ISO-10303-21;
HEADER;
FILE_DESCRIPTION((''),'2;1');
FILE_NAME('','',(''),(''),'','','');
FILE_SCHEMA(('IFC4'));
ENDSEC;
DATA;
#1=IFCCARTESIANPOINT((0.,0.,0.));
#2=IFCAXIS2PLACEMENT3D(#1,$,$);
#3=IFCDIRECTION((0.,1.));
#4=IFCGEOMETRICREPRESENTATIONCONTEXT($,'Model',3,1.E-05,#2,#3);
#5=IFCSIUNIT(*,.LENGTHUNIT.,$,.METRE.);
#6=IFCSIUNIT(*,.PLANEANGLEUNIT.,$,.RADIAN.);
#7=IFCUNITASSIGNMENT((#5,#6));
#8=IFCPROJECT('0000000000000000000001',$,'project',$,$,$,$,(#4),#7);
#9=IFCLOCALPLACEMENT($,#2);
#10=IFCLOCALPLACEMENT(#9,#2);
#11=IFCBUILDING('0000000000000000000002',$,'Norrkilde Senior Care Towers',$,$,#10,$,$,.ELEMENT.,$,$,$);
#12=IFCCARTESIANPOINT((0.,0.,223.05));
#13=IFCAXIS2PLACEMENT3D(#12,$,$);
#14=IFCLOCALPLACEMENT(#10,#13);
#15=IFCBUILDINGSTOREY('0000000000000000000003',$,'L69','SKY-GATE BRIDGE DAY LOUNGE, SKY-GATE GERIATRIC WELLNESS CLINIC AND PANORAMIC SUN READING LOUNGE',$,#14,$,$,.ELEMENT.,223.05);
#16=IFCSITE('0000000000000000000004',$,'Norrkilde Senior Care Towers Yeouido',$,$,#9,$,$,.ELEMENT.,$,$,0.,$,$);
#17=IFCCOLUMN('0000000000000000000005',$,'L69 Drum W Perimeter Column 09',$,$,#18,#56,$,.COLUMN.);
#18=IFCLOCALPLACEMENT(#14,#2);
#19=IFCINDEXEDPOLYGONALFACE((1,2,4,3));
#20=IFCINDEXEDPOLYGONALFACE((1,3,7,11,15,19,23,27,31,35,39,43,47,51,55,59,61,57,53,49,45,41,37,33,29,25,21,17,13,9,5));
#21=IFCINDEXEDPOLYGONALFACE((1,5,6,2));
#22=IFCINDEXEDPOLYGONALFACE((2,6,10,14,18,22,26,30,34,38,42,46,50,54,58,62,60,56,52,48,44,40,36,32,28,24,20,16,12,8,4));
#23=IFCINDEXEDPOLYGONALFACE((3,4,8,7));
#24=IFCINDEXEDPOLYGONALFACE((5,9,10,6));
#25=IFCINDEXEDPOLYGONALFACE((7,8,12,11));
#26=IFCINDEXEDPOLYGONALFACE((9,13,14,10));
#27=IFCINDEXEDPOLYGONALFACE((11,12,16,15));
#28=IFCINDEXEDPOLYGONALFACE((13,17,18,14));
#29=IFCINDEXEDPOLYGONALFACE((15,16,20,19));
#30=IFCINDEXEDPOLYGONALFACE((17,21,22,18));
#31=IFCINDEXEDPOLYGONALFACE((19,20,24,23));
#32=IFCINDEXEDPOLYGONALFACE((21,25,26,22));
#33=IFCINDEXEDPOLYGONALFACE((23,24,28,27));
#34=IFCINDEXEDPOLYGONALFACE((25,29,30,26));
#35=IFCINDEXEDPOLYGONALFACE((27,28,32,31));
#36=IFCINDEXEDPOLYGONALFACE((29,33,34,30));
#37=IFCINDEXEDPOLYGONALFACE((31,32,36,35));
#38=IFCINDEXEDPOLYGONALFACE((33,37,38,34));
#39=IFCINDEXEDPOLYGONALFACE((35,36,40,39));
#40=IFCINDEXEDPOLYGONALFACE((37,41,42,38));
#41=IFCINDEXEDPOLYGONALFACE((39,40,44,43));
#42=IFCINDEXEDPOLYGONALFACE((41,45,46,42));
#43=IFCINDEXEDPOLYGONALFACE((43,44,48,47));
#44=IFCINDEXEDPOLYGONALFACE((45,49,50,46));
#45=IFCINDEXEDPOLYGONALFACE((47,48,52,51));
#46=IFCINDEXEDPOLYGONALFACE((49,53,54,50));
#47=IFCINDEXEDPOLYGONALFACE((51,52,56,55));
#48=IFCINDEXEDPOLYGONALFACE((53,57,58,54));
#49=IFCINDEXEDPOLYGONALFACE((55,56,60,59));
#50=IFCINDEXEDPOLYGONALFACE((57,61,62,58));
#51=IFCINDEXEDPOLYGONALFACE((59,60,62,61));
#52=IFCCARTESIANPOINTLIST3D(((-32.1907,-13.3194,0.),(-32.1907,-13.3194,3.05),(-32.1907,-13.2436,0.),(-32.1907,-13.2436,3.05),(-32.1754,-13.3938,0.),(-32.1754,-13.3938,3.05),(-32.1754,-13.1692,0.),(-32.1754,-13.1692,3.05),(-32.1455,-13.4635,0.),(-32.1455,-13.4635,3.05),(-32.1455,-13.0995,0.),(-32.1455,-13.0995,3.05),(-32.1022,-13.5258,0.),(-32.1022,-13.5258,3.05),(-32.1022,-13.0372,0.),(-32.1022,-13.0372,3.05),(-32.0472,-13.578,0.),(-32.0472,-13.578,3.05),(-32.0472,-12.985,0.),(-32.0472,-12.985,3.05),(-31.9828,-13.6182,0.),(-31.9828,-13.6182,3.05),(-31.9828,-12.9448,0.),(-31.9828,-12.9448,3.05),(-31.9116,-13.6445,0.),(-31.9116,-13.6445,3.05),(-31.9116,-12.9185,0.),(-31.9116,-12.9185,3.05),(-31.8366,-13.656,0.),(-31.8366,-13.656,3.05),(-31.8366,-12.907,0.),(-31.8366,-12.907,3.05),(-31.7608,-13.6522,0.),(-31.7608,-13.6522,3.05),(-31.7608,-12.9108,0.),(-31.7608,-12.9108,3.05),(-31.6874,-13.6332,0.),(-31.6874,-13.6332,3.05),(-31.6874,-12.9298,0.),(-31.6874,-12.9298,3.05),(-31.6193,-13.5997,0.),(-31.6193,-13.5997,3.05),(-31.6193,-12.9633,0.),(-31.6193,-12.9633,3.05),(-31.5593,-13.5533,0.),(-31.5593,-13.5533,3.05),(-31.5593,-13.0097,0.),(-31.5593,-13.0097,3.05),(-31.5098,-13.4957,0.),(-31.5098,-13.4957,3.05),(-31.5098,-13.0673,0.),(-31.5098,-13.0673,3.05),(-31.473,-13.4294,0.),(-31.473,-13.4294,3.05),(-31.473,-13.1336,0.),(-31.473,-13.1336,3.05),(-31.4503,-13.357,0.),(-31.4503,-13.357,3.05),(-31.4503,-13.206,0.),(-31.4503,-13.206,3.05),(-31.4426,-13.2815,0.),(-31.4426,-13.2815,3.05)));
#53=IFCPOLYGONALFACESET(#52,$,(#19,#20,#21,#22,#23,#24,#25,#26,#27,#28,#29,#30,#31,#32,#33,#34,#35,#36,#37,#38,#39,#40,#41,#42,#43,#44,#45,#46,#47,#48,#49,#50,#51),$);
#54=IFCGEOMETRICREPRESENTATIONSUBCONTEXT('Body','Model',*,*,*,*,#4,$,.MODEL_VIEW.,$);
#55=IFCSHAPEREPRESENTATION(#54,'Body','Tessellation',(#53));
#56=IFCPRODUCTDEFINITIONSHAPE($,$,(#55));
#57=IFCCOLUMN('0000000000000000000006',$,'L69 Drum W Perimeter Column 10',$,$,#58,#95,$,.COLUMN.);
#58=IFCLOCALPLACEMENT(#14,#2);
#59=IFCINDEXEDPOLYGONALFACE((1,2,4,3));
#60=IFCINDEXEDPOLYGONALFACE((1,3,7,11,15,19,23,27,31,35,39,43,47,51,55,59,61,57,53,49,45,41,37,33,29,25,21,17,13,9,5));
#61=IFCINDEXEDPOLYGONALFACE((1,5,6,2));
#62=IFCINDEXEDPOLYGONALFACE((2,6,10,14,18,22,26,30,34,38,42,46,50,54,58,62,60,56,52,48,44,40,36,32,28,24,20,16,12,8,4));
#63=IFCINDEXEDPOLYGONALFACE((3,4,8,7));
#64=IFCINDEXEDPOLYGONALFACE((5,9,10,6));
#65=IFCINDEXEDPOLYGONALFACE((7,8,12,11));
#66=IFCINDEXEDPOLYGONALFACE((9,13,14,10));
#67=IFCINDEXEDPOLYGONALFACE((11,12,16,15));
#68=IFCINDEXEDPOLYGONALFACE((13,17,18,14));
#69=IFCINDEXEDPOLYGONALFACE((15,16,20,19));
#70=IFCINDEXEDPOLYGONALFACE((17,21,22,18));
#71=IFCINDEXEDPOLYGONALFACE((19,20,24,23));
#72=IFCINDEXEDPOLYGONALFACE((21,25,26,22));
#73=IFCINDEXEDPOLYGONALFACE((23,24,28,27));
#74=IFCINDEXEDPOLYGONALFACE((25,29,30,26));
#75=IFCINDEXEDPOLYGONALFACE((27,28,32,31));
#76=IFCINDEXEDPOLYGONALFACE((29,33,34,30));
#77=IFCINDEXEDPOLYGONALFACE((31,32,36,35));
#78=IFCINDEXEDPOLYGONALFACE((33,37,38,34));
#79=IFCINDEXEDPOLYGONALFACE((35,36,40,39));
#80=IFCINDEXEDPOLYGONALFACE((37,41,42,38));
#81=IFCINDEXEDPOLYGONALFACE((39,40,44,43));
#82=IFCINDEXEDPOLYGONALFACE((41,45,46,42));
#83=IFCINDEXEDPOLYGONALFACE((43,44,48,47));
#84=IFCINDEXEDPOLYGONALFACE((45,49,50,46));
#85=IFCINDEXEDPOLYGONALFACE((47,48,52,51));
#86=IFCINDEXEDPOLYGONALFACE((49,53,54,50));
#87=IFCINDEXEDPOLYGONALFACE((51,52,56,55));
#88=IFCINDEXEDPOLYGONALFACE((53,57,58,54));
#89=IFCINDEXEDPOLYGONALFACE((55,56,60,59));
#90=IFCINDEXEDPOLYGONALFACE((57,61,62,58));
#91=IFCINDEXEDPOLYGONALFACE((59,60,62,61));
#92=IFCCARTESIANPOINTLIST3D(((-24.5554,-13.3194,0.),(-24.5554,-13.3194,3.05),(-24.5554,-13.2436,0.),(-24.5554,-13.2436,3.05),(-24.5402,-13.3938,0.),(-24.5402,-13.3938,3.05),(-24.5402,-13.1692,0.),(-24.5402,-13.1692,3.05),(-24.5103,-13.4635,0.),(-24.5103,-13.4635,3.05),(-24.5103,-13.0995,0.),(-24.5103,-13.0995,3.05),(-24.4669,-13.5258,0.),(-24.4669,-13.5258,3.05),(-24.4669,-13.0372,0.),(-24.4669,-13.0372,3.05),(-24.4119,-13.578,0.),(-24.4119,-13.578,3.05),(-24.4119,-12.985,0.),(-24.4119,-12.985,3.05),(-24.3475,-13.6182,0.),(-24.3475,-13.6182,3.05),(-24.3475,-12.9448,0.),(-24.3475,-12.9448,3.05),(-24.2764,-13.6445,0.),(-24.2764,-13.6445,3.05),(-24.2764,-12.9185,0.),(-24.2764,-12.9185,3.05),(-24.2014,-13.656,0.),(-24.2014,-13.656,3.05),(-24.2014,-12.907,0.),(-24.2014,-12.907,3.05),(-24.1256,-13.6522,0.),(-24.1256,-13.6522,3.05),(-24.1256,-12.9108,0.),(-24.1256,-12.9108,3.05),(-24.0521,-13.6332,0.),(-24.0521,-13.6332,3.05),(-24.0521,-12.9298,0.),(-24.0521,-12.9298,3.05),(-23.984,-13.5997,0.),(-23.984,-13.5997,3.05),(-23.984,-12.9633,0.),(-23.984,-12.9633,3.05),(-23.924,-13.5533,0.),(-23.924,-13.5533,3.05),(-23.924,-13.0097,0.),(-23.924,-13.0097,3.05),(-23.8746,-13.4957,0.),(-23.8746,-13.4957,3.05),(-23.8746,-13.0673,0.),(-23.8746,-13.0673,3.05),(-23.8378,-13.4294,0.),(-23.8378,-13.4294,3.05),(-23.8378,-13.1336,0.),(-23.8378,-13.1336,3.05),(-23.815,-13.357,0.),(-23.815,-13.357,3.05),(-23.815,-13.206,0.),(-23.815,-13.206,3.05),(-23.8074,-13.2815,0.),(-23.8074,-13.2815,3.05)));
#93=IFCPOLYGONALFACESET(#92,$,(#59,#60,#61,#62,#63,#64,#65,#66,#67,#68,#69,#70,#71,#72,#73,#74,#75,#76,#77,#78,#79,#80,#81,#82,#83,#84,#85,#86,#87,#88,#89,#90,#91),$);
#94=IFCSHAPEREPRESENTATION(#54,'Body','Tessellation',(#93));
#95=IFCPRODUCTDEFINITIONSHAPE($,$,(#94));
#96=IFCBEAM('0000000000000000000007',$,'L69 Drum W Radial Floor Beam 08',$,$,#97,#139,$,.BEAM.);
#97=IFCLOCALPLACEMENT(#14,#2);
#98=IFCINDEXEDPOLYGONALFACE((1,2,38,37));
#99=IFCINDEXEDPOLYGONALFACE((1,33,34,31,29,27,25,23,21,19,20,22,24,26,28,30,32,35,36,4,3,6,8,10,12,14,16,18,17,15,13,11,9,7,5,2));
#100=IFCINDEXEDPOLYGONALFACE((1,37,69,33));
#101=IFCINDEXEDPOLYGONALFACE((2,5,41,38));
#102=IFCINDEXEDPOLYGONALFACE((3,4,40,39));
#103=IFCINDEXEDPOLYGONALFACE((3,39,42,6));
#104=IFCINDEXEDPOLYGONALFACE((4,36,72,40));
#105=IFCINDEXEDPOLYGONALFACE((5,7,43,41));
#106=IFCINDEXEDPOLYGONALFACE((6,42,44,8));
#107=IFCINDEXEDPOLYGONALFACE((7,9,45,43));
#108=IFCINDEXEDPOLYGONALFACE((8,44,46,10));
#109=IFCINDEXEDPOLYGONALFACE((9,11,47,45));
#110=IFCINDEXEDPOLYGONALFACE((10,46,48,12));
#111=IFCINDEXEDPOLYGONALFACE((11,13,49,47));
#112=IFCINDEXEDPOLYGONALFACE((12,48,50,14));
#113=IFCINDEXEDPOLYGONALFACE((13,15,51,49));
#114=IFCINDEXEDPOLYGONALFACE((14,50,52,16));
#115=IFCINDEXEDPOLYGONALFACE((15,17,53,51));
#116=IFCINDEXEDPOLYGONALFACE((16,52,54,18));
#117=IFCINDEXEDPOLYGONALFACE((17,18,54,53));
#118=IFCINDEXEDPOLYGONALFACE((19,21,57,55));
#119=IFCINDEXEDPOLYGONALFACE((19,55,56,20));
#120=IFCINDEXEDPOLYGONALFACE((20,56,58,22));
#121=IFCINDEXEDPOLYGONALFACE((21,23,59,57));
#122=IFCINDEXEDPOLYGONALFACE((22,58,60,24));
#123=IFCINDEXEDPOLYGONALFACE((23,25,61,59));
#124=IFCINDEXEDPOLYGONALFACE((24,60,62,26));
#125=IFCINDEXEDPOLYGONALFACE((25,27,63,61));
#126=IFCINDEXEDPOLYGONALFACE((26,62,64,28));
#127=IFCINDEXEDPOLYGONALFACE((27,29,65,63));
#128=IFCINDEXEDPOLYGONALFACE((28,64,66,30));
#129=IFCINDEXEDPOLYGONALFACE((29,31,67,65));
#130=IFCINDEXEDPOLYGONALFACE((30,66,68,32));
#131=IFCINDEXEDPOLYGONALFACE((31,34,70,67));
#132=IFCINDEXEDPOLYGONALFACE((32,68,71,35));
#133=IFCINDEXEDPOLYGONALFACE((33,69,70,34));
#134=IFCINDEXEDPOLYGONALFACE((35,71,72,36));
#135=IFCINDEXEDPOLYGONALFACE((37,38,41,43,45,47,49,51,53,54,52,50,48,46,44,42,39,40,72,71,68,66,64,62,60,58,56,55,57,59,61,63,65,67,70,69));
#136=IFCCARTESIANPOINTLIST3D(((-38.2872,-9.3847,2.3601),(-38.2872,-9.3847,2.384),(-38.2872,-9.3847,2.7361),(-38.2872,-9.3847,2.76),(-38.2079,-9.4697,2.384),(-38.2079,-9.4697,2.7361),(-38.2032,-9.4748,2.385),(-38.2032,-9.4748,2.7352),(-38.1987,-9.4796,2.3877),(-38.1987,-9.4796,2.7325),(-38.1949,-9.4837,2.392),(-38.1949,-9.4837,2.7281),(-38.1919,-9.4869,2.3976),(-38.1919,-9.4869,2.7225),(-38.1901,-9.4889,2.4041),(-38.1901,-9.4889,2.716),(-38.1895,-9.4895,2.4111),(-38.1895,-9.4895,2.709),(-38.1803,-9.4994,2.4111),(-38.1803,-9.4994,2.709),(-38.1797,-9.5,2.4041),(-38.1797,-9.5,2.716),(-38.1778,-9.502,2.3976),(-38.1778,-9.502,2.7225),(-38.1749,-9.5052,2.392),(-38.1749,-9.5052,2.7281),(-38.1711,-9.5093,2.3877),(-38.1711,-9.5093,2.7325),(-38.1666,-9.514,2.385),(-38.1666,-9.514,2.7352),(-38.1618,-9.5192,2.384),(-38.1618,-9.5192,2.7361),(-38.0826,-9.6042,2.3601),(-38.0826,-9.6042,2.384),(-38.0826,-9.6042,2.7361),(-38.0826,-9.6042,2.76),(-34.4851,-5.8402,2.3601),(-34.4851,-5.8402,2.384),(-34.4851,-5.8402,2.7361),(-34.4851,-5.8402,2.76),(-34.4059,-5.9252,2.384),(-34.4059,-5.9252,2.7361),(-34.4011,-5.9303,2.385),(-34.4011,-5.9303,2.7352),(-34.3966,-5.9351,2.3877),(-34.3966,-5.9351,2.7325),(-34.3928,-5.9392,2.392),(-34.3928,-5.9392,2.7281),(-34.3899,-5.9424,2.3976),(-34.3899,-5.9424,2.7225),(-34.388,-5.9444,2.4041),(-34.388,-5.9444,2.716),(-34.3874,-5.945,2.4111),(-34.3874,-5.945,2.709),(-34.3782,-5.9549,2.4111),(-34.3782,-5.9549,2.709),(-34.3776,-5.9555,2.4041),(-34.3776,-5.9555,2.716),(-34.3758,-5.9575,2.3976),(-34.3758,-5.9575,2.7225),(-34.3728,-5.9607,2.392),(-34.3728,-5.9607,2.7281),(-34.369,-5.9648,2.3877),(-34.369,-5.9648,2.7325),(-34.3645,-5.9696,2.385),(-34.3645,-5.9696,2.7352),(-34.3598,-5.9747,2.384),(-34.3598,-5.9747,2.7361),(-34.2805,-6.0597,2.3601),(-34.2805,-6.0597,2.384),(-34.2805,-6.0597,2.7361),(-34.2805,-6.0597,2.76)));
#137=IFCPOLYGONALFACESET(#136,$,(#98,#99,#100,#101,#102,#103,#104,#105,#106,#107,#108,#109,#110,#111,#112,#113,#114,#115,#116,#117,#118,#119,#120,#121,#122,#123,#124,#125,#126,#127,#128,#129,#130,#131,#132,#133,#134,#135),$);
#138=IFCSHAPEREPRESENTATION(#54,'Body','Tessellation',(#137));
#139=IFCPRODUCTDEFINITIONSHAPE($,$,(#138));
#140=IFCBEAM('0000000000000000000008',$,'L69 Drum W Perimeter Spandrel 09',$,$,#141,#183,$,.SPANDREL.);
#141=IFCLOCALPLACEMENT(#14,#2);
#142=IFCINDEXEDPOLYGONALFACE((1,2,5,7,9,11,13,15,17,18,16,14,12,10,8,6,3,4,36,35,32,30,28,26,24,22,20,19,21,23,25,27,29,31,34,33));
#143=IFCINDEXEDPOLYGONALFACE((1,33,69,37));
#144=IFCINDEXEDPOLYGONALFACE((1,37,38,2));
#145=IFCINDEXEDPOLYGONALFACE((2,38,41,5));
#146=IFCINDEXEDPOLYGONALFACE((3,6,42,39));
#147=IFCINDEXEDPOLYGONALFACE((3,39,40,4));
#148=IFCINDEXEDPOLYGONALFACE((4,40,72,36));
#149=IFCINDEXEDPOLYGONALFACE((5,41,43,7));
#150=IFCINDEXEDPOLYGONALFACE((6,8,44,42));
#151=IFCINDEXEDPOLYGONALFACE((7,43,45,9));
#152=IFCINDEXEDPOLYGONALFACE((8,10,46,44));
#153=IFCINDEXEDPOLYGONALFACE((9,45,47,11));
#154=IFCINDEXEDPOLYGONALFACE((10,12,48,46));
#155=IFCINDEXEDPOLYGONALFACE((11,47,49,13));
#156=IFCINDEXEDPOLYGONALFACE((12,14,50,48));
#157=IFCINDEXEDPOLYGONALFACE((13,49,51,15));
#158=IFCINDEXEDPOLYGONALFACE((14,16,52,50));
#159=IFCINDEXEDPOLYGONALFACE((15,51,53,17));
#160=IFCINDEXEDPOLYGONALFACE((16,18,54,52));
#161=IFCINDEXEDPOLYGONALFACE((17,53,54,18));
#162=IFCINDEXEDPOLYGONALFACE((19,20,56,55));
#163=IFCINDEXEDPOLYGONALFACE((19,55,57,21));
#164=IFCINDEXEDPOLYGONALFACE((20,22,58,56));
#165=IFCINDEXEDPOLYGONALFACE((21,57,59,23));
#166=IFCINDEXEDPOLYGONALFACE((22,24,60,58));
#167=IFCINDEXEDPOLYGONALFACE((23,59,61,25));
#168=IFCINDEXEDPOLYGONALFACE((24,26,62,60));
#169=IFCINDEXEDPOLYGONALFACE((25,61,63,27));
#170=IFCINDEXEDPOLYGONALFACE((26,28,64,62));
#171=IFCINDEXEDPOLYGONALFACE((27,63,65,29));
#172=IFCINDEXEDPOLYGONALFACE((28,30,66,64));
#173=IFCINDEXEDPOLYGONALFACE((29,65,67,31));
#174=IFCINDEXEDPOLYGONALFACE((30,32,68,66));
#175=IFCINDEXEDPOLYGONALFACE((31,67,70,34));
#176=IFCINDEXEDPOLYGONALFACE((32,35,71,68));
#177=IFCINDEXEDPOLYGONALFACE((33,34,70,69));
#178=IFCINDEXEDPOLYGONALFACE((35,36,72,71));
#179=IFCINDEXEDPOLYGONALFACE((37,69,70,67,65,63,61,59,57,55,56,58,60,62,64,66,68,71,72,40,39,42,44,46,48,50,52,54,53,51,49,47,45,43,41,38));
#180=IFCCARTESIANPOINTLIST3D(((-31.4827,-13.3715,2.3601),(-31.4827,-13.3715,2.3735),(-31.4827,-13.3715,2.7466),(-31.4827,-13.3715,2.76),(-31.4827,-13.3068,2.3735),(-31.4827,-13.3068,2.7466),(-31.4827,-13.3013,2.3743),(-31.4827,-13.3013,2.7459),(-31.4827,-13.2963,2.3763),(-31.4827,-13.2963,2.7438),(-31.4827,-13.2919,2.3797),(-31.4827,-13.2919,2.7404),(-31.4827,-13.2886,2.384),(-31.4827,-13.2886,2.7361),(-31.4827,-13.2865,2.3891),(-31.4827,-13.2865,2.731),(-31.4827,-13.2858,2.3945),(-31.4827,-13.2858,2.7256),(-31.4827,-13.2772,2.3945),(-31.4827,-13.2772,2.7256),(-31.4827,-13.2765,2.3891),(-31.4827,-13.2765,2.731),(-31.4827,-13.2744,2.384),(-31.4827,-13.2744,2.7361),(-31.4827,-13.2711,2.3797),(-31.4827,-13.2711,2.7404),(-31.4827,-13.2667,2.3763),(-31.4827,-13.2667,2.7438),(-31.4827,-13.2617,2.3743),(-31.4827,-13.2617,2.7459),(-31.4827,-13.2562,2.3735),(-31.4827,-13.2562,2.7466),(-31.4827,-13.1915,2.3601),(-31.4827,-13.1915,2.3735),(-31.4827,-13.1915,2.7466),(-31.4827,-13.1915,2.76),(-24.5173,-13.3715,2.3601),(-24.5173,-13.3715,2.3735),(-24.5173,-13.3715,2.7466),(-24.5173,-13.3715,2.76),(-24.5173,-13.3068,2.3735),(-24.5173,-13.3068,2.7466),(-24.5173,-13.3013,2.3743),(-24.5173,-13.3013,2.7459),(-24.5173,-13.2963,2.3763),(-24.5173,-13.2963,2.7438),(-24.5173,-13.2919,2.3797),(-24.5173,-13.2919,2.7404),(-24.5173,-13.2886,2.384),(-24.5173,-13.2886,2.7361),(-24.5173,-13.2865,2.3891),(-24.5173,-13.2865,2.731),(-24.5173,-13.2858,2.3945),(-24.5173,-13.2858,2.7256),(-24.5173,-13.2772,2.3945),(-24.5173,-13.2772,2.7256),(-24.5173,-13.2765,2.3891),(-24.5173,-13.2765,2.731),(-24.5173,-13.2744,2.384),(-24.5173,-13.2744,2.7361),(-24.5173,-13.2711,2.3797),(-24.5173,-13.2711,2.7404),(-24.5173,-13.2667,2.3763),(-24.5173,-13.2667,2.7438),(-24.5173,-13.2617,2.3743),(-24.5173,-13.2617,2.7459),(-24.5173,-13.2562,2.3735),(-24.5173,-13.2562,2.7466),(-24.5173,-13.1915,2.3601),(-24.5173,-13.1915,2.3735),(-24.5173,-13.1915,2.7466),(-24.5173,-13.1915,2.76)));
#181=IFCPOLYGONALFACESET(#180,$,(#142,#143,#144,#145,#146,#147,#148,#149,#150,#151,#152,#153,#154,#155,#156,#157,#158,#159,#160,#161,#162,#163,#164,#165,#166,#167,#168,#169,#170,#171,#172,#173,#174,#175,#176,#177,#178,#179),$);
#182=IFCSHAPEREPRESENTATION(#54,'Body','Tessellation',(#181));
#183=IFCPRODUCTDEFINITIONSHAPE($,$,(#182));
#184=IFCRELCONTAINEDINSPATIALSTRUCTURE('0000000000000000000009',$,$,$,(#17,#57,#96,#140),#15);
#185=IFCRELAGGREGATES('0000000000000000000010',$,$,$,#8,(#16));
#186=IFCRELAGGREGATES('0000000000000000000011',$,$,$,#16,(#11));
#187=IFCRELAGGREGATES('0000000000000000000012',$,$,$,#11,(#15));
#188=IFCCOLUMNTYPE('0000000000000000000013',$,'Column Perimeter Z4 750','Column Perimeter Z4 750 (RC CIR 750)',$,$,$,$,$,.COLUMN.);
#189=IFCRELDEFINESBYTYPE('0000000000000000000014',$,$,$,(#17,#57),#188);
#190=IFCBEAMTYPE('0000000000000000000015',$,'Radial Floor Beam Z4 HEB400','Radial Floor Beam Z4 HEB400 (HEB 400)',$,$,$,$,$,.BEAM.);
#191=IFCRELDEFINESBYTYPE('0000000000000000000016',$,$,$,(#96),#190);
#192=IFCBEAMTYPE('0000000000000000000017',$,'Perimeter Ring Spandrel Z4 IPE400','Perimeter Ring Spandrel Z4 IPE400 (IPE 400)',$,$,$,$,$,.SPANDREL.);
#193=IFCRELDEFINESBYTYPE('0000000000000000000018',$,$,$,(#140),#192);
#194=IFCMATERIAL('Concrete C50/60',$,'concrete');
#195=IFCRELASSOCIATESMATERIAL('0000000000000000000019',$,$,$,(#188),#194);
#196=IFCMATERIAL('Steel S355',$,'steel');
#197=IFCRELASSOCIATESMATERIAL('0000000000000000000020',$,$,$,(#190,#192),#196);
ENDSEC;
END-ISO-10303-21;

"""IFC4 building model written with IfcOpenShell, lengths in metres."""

from ifc_helpers import new_model, si_unit, direction, frame, origin, origin_2d, place, context, subcontext, project, spatial, circle, i_section, extrude, source, transform, mapped, material, material_profile, profile_set, type_object, type_shapes, element, save


model = new_model("IFC4")

# Units and contexts
model_context = context("Model", 3, precision=1e-05, world=origin(), true_north=direction((0.0, 1.0)))
body_context = subcontext(model_context, "Body", "Model", "MODEL_VIEW")
ifc_project = project(units=[si_unit("LENGTHUNIT", "METRE"), si_unit("PLANEANGLEUNIT", "RADIAN")], contexts=[model_context])

# Site, building, storey
site_placement = place(None, origin())
site = spatial("IfcSite", under=ifc_project, at=site_placement, Name="Norrkilde Senior Care Towers Yeouido", CompositionType="ELEMENT", RefElevation=0.0)
building_placement = place(site_placement, origin())
building = spatial("IfcBuilding", under=site, at=building_placement, Name="Norrkilde Senior Care Towers", CompositionType="ELEMENT")
storey_placement = place(building_placement, frame((0.0, 0.0, 223.05)))
storey = spatial("IfcBuildingStorey", under=building, at=storey_placement, Name="L69", Description="SKY-GATE BRIDGE DAY LOUNGE, SKY-GATE GERIATRIC WELLNESS CLINIC AND PANORAMIC SUN READING LOUNGE", CompositionType="ELEMENT", Elevation=223.05)

# Columns
ifc_material_1 = material(Name="Concrete C50/60", Category="concrete")
ifc_material_profile_1 = material_profile(ifc_material_1, circle(Radius=0.375, at=origin_2d()), Name="RC CIR 750")
ifc_profile_set_1 = profile_set([ifc_material_profile_1], Name="Concrete C50/60")
column_type = type_object("IfcColumnType", Name="Column Perimeter Z4 750", Description="Column Perimeter Z4 750 (RC CIR 750)", PredefinedType="COLUMN", material=ifc_profile_set_1)
shared_shape_1 = source(origin(), body_context, "Body", "SweptSolid", [
    extrude(circle(Radius=0.375, at=origin_2d()), origin(), (0.0, 0.0, 1.0), 3.05),
])
type_shapes(column_type, [shared_shape_1])
for number, where, z_axis, x_axis, name in (
    (1, (-31.8176, -13.2815, 0.0), (0.0, 0.0, 1.0), (1.0, 0.0, 0.0), "L69 Drum W Perimeter Column 09"),
    (2, (-24.1824, -13.2815, 0.0), (0.0, 0.0, 1.0), (1.0, 0.0, 0.0), "L69 Drum W Perimeter Column 10"),
):
    element("IfcColumn", number, at=place(storey_placement, frame(where, z_axis=z_axis, x_axis=x_axis)), inside=storey, type_object=column_type, Name=name, PredefinedType="COLUMN", context=body_context, shape_type="MappedRepresentation", body=[
        mapped(shared_shape_1, transform((0.0, 0.0, 0.0), x_axis=(1.0, 0.0, 0.0), y_axis=(0.0, 1.0, 0.0), z_axis=(0.0, 0.0, 1.0), scale=1.0)),
    ])

# Beams
ifc_material_2 = material(Name="Steel S355", Category="steel")
ifc_material_profile_2 = material_profile(ifc_material_2, i_section(OverallWidth=0.3, OverallDepth=0.3999, WebThickness=0.0134, FlangeThickness=0.0239, FilletRadius=0.0271, at=origin_2d()), Name="HEB 400")
ifc_profile_set_2 = profile_set([ifc_material_profile_2], Name="Steel S355")
beam_type_1 = type_object("IfcBeamType", Name="Radial Floor Beam Z4 HEB400", Description="Radial Floor Beam Z4 HEB400 (HEB 400)", PredefinedType="BEAM", material=ifc_profile_set_2)
shared_shape_2 = source(origin(), body_context, "Body", "SweptSolid", [
    extrude(i_section(OverallWidth=0.3, OverallDepth=0.3999, WebThickness=0.0134, FlangeThickness=0.0239, FilletRadius=0.0271, at=origin_2d()), origin(), (0.0, 0.0, 1.0), 5.198),
])
beam_1_placement = place(storey_placement, frame((-34.3828, -5.95, 2.5601), z_axis=(-0.731449, -0.681896, 0.0), x_axis=(0.681896, -0.731449, 0.0)))
element("IfcBeam", 3, at=beam_1_placement, inside=storey, type_object=beam_type_1, Name="L69 Drum W Radial Floor Beam 08", PredefinedType="BEAM", context=body_context, shape_type="MappedRepresentation", body=[
    mapped(shared_shape_2, transform((0.0, 0.0, 0.0), x_axis=(1.0, 0.0, 0.0), y_axis=(0.0, 1.0, 0.0), z_axis=(0.0, 0.0, 1.0), scale=1.0)),
])
ifc_material_profile_3 = material_profile(ifc_material_2, i_section(OverallWidth=0.1799, OverallDepth=0.3999, WebThickness=0.0085, FlangeThickness=0.0134, FilletRadius=0.021, at=origin_2d()), Name="IPE 400")
ifc_profile_set_3 = profile_set([ifc_material_profile_3], Name="Steel S355")
beam_type_2 = type_object("IfcBeamType", Name="Perimeter Ring Spandrel Z4 IPE400", Description="Perimeter Ring Spandrel Z4 IPE400 (IPE 400)", PredefinedType="SPANDREL", material=ifc_profile_set_3)
shared_shape_3 = source(origin(), body_context, "Body", "SweptSolid", [
    extrude(i_section(OverallWidth=0.1799, OverallDepth=0.3999, WebThickness=0.0085, FlangeThickness=0.0134, FilletRadius=0.021, at=origin_2d()), origin(), (0.0, 0.0, 1.0), 6.9653),
])
type_shapes(beam_type_2, [shared_shape_3])
beam_2_placement = place(storey_placement, frame((-31.4827, -13.2815, 2.5601), z_axis=(1.0, 0.0, 0.0), x_axis=(0.0, 1.0, 0.0)))
element("IfcBeam", 4, at=beam_2_placement, inside=storey, type_object=beam_type_2, Name="L69 Drum W Perimeter Spandrel 09", PredefinedType="SPANDREL", context=body_context, shape_type="MappedRepresentation", body=[
    mapped(shared_shape_3, transform((0.0, 0.0, 0.0), x_axis=(1.0, 0.0, 0.0), y_axis=(0.0, 1.0, 0.0), z_axis=(0.0, 0.0, 1.0), scale=1.0)),
])

save(model, "model.ifc")
